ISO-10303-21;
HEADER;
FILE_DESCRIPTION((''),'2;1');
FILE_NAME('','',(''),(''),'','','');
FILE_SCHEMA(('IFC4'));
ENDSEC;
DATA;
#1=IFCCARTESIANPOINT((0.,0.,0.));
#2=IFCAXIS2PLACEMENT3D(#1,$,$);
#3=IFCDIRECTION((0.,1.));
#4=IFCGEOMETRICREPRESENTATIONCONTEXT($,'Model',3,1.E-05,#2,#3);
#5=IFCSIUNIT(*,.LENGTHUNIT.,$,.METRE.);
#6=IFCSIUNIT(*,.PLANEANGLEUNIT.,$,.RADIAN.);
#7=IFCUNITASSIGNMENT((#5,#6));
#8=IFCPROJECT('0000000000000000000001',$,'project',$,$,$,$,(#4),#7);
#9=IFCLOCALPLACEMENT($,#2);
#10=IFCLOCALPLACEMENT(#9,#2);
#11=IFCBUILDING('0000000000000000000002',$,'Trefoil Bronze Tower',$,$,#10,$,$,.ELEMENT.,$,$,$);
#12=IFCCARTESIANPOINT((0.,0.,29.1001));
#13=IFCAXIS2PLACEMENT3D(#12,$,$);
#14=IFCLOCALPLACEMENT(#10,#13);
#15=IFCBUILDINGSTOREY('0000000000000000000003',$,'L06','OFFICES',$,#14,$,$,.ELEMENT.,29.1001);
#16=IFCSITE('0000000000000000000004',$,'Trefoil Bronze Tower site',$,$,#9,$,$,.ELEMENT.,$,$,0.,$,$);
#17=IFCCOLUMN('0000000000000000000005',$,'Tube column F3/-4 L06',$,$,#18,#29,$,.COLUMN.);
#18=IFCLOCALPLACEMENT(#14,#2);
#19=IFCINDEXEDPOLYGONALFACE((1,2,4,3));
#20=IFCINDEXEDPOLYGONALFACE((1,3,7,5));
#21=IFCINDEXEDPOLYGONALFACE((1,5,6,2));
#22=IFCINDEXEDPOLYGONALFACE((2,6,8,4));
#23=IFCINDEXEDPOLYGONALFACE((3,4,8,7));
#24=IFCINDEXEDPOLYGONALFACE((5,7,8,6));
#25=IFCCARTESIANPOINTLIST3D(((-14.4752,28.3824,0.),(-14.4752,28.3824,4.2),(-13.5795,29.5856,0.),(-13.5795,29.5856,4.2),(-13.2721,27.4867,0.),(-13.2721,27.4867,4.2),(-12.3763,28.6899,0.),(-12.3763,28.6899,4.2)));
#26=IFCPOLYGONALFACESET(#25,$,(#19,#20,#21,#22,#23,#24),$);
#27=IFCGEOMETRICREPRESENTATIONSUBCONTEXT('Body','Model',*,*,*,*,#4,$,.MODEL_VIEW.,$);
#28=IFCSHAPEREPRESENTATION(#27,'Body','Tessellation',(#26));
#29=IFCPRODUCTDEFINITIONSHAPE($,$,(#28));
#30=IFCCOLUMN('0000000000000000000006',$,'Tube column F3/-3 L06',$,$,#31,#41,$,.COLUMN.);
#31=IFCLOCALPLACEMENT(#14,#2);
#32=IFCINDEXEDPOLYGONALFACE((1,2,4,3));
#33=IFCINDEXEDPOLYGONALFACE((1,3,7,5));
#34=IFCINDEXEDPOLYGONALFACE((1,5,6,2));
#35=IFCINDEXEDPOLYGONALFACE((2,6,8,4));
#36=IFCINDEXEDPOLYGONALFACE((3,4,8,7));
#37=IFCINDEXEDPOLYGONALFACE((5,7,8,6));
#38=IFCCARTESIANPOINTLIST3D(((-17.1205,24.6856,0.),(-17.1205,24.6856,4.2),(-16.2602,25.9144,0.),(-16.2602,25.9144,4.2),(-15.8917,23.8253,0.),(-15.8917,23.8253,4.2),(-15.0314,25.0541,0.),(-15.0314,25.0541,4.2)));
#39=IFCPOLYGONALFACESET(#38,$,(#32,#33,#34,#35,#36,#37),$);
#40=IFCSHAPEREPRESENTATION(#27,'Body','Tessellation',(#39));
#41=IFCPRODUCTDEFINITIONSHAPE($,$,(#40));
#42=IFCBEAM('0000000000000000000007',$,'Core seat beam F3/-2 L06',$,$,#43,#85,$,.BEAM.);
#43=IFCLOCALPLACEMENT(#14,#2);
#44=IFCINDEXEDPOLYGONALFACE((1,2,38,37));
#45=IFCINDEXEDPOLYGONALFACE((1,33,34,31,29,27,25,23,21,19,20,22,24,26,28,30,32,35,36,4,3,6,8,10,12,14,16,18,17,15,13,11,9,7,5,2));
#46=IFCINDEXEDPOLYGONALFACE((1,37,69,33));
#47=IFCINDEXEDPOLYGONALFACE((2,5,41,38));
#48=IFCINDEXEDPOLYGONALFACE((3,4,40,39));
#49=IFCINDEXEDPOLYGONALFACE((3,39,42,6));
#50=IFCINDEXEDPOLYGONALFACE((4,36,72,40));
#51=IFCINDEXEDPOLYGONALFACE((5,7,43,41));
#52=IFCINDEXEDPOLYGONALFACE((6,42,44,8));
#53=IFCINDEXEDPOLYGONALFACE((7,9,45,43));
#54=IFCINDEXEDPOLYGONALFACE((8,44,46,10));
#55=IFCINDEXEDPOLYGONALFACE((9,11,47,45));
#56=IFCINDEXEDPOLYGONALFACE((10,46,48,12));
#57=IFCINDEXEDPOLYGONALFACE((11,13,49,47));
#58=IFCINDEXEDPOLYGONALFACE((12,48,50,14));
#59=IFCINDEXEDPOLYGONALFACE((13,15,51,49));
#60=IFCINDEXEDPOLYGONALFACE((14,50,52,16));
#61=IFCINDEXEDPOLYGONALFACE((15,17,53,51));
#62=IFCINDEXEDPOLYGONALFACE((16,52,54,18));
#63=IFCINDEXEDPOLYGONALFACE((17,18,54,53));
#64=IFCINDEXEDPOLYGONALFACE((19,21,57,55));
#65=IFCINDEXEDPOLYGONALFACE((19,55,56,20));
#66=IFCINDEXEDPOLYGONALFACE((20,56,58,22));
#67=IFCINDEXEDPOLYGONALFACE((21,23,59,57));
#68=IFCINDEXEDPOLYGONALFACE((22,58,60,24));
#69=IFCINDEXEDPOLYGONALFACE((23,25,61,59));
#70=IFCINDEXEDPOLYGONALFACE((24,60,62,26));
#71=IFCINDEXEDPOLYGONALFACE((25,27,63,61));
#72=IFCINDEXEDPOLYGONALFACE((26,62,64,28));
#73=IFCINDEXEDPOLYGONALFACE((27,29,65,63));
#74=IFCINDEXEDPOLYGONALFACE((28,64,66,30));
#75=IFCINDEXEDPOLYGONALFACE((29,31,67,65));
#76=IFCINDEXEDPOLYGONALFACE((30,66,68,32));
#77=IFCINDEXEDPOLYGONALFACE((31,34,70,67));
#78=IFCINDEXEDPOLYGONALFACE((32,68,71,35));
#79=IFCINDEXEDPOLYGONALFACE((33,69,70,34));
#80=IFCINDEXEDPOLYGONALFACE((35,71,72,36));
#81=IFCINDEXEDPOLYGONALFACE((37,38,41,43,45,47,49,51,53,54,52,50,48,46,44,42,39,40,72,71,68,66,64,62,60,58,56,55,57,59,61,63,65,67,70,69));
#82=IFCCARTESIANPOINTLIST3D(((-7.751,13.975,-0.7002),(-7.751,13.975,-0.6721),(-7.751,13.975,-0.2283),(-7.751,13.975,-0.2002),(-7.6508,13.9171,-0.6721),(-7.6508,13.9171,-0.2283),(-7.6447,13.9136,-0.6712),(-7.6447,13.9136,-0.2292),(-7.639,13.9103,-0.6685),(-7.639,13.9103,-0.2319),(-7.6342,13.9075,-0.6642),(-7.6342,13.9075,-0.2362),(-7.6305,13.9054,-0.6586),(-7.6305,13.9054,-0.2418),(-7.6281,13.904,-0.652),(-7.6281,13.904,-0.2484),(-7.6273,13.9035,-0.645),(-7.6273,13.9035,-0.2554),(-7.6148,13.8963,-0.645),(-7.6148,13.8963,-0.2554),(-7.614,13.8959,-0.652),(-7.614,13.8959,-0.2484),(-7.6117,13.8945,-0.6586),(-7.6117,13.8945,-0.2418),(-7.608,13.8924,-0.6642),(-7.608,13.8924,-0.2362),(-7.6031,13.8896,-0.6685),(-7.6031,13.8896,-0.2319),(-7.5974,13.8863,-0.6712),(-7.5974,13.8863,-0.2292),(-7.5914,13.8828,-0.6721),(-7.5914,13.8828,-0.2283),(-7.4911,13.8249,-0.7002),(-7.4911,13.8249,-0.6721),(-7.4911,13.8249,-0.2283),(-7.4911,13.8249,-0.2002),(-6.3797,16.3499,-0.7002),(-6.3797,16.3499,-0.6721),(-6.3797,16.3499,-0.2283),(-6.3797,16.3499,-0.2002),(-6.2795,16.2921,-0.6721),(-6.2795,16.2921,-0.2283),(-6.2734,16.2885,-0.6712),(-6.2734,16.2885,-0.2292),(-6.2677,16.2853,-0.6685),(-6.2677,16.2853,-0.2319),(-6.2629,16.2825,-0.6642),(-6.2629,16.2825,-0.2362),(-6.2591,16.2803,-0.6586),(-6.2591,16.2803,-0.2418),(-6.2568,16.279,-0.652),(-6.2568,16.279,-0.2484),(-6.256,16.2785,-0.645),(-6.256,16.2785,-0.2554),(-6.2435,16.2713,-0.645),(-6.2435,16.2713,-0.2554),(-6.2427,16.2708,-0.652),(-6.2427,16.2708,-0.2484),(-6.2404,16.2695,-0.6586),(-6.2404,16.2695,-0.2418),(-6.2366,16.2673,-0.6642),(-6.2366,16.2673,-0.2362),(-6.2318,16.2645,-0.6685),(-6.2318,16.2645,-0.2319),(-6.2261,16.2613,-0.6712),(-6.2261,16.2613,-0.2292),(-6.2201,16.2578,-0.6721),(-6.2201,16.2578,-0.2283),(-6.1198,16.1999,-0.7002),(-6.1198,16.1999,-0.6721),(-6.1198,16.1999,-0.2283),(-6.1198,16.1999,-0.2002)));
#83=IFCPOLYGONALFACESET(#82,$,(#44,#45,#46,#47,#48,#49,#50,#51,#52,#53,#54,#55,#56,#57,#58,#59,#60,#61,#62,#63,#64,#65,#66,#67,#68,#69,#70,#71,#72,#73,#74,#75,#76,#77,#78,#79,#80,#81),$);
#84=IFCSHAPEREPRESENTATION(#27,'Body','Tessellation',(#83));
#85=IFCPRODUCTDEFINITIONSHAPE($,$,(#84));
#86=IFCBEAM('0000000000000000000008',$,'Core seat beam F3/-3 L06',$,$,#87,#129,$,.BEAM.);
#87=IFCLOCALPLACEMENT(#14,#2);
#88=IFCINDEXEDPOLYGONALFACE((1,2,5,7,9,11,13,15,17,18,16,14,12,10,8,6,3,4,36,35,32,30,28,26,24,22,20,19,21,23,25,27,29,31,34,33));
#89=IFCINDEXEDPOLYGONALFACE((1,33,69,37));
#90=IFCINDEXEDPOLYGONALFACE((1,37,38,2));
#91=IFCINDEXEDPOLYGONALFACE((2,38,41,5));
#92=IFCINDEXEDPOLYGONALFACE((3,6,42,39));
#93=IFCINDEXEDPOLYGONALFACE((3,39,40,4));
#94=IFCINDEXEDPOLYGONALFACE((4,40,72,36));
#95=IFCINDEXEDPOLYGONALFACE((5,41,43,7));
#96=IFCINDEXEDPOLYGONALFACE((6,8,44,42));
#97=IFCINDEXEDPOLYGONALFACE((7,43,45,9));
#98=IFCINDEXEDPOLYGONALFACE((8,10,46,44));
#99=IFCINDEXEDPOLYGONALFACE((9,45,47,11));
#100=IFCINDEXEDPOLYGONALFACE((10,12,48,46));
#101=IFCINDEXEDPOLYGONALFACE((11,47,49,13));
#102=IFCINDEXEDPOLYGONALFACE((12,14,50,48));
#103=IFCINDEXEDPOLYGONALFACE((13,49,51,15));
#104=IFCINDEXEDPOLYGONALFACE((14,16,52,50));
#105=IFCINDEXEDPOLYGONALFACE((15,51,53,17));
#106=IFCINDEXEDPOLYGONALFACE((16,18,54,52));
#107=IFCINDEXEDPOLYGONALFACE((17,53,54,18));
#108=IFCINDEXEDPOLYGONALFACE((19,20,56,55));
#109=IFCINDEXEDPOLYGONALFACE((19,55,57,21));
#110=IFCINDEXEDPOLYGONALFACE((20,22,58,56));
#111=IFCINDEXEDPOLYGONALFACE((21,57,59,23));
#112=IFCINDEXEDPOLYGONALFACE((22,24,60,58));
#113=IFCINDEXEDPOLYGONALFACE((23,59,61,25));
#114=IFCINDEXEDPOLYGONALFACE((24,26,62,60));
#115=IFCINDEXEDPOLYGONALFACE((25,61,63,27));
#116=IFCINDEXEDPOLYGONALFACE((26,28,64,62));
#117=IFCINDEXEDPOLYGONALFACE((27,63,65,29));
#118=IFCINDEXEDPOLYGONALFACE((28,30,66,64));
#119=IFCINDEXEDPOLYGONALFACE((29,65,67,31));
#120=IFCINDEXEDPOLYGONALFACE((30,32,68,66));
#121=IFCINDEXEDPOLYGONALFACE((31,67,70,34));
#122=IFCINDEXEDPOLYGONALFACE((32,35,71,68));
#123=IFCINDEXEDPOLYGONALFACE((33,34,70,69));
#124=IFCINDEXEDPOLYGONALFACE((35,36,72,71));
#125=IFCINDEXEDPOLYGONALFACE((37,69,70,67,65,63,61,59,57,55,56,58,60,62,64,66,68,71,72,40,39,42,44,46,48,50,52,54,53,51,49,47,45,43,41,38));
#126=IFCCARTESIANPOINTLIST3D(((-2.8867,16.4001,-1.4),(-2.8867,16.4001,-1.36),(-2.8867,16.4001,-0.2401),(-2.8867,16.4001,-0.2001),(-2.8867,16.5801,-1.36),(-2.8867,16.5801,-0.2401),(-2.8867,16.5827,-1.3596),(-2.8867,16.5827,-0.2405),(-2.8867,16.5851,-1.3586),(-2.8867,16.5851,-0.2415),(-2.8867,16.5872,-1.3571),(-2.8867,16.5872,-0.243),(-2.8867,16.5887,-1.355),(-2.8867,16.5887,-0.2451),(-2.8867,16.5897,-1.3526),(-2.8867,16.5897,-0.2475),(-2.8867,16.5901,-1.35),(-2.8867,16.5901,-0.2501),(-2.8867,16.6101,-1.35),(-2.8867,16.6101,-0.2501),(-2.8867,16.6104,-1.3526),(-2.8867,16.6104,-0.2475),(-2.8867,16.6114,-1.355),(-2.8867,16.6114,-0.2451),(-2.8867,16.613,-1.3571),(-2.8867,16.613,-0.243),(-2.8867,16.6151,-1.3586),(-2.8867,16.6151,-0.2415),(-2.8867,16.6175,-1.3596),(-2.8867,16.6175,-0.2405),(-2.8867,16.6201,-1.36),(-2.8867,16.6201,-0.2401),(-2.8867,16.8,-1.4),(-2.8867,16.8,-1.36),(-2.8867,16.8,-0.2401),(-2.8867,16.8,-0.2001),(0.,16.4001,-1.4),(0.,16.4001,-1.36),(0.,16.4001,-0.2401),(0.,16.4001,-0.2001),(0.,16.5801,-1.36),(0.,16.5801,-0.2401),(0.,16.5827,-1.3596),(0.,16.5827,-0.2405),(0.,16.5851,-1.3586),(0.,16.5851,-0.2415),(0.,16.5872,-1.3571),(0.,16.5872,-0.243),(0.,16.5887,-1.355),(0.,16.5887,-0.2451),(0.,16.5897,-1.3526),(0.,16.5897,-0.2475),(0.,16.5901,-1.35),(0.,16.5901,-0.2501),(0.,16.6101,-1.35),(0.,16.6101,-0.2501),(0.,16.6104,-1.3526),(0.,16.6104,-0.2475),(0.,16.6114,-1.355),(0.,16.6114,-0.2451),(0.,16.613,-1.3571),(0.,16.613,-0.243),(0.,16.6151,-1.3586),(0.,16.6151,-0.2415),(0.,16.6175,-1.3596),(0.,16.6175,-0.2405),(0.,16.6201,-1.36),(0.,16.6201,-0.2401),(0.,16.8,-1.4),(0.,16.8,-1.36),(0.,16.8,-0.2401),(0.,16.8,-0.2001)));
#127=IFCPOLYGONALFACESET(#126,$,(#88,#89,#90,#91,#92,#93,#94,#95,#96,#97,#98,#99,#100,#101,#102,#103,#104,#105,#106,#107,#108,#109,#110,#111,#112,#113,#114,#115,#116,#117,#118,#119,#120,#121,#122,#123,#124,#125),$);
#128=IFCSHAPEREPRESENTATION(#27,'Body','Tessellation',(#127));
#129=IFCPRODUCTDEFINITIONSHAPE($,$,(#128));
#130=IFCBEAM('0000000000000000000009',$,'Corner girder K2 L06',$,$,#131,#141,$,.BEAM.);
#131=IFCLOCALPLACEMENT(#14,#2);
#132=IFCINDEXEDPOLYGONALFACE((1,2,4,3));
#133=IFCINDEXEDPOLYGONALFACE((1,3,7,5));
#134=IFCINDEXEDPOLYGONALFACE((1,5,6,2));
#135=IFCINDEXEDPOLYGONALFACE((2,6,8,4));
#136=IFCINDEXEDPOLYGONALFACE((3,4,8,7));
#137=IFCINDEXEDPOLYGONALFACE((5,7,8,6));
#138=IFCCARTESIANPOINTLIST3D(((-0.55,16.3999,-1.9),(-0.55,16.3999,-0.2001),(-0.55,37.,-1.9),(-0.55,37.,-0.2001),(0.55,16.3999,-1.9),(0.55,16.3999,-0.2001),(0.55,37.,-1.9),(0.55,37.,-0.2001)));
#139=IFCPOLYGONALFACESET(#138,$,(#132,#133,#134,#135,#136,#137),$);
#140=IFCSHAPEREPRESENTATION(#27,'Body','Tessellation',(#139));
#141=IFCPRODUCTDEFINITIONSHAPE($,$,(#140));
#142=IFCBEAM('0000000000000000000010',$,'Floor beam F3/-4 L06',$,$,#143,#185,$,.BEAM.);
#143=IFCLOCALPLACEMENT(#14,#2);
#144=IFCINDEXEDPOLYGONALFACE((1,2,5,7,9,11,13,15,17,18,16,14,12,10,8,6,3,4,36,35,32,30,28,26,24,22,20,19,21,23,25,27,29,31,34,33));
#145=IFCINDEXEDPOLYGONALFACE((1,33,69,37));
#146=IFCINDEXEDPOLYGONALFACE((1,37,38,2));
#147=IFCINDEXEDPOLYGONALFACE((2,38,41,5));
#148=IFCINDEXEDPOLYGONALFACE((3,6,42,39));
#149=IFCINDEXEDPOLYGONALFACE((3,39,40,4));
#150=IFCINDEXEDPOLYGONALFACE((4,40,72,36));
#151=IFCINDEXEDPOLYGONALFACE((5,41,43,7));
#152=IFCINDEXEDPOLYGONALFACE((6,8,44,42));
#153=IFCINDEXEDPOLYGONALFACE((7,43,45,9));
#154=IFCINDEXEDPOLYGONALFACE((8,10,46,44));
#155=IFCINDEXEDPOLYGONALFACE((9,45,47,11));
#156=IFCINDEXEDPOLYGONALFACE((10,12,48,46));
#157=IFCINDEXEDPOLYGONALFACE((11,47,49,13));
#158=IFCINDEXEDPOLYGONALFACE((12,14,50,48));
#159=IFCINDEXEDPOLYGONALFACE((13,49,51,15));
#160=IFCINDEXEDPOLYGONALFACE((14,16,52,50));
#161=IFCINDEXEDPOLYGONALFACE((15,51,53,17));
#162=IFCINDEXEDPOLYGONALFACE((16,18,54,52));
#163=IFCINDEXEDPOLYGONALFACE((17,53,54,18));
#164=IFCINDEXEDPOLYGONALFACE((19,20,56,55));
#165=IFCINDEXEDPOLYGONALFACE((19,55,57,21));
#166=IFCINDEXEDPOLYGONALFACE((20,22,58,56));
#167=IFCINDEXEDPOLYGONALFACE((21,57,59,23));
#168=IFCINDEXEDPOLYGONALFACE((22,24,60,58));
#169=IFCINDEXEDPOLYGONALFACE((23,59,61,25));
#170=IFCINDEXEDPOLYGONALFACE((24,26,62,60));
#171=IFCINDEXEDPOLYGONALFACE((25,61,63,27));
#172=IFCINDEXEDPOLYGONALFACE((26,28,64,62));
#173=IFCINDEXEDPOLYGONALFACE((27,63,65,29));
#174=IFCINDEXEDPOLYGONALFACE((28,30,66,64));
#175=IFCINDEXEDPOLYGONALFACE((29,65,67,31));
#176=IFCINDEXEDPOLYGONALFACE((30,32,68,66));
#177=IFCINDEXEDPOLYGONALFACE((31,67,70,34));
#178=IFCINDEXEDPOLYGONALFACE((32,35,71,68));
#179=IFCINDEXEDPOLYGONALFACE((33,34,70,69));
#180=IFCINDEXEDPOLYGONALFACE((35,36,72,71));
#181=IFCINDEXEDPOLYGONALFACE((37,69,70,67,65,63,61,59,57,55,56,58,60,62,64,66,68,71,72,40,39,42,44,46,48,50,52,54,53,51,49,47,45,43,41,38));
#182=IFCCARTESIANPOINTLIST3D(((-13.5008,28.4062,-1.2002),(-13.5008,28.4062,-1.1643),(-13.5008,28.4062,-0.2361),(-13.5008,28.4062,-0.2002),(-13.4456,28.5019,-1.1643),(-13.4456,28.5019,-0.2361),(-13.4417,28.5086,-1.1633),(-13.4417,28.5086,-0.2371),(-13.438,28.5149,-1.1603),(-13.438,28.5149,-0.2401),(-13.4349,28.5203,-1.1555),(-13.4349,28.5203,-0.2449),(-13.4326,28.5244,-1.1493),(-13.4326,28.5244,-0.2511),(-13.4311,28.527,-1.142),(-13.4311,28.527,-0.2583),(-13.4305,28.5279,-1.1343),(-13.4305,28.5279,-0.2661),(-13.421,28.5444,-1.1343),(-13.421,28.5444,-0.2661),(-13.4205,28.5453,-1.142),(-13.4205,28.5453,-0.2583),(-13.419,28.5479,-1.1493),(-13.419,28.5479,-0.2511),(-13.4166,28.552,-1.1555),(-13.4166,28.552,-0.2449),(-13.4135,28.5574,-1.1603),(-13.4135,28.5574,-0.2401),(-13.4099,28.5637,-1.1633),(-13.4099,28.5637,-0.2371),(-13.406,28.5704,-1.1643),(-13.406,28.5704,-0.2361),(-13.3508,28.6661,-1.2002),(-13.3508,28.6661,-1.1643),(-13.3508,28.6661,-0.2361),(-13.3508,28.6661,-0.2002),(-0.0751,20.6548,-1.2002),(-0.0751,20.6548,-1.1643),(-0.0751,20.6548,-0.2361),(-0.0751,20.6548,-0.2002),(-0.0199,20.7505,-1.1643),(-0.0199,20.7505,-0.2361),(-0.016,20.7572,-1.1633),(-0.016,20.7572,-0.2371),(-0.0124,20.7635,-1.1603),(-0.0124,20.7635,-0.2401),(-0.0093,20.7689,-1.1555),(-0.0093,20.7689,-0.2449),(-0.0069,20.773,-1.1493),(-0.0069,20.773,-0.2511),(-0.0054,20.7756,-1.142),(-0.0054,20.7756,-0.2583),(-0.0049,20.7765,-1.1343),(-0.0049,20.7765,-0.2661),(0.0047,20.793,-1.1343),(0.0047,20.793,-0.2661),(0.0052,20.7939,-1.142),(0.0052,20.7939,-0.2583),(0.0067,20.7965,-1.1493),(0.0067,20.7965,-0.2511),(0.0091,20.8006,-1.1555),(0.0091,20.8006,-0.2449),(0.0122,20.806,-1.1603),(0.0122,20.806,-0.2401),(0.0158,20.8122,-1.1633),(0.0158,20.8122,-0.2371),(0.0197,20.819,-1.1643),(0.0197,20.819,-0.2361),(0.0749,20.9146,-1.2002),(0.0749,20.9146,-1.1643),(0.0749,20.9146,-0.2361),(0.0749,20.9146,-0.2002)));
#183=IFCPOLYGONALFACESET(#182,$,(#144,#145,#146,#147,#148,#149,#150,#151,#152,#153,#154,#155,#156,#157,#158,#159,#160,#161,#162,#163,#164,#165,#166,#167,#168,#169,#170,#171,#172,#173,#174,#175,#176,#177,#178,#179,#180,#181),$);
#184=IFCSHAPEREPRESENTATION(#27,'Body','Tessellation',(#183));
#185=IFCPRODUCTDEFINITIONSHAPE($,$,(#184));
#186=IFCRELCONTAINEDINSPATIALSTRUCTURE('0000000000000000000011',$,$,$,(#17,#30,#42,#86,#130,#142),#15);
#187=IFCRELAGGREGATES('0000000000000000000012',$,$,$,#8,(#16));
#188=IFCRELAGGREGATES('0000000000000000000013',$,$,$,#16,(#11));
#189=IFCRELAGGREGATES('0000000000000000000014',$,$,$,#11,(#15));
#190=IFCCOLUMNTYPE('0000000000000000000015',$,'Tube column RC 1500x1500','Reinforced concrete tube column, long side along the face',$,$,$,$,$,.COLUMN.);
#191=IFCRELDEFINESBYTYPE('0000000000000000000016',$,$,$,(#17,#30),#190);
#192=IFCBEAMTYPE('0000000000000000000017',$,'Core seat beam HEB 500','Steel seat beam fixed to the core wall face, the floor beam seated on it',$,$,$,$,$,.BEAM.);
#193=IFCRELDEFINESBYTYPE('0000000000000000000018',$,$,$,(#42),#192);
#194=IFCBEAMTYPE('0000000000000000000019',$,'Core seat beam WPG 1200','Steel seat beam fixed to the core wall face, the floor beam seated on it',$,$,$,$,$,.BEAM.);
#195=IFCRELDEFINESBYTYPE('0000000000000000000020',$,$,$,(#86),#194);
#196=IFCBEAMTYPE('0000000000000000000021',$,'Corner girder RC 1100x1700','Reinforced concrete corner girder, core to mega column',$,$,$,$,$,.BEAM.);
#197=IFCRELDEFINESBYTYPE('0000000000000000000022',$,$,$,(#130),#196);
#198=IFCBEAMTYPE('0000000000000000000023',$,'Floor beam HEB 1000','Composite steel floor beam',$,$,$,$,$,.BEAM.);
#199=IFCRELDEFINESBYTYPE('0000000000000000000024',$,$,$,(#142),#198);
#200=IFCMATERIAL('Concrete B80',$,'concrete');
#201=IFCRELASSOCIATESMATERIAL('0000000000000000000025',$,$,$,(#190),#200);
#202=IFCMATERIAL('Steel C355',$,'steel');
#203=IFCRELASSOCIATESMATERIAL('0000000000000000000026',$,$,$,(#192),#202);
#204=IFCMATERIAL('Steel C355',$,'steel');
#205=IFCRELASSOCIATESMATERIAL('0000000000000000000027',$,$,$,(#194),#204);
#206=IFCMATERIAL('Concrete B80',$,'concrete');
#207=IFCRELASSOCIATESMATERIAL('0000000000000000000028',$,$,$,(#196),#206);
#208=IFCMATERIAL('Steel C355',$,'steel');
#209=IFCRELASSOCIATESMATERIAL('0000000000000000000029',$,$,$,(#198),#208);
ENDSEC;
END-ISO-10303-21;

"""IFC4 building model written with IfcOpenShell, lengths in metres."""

from ifc_helpers import new_model, si_unit, direction, frame, origin, origin_2d, place, context, subcontext, project, spatial, rectangle, i_section, extrude, material, material_profile, profile_set, type_object, element, save


model = new_model("IFC4")

# Units and contexts
model_context = context("Model", 3, precision=1e-05, world=origin(), true_north=direction((0.0, 1.0)))
body_context = subcontext(model_context, "Body", "Model", "MODEL_VIEW")
ifc_project = project(units=[si_unit("LENGTHUNIT", "METRE"), si_unit("PLANEANGLEUNIT", "RADIAN")], contexts=[model_context])

# Site, building, storey
site_placement = place(None, origin())
site = spatial("IfcSite", under=ifc_project, at=site_placement, Name="Trefoil Bronze Tower site", CompositionType="ELEMENT", RefElevation=0.0)
building_placement = place(site_placement, origin())
building = spatial("IfcBuilding", under=site, at=building_placement, Name="Trefoil Bronze Tower", CompositionType="ELEMENT")
storey_placement = place(building_placement, frame((0.0, 0.0, 29.1001)))
storey = spatial("IfcBuildingStorey", under=building, at=storey_placement, Name="L06", Description="OFFICES", CompositionType="ELEMENT", Elevation=29.1001)

# Columns
ifc_material_1 = material(Name="Concrete B80", Category="concrete")
ifc_material_profile_1 = material_profile(ifc_material_1, rectangle(XDim=1.5, YDim=1.5, at=origin_2d()), Name="RC 1500x1500")
ifc_profile_set_1 = profile_set([ifc_material_profile_1], Name="Concrete B80")
column_type = type_object("IfcColumnType", Name="Tube column RC 1500x1500", Description="Reinforced concrete tube column, long side along the face", PredefinedType="COLUMN", material=ifc_profile_set_1)
for number, where, z_axis, x_axis, name in (
    (1, (-13.4258, 28.5361, 0.0), (0.0, 0.0, 1.0), (-0.597154, -0.802127, 0.0), "Tube column F3/-4 L06"),
    (2, (-16.0759, 24.8699, 0.0), (0.0, 0.0, 1.0), (-0.573502, -0.819204, 0.0), "Tube column F3/-3 L06"),
):
    element("IfcColumn", number, at=place(storey_placement, frame(where, z_axis=z_axis, x_axis=x_axis)), inside=storey, type_object=column_type, Name=name, PredefinedType="COLUMN", context=body_context, shape_type="SweptSolid", body=[
        extrude(rectangle(XDim=1.5, YDim=1.5, at=origin_2d()), origin(), (0.0, 0.0, 1.0), 4.2),
    ])

# Beams
ifc_material_2 = material(Name="Steel C355", Category="steel")
ifc_material_profile_2 = material_profile(ifc_material_2, i_section(OverallWidth=0.3, OverallDepth=0.5, WebThickness=0.0144, FlangeThickness=0.0281, FilletRadius=0.0271, at=origin_2d()), Name="HEB 500")
ifc_profile_set_2 = profile_set([ifc_material_profile_2], Name="Steel C355")
beam_type_1 = type_object("IfcBeamType", Name="Core seat beam HEB 500", Description="Steel seat beam fixed to the core wall face, the floor beam seated on it", PredefinedType="BEAM", material=ifc_profile_set_2)
beam_1_placement = place(storey_placement, frame((-6.2498, 16.2749, -0.4502), z_axis=(-0.500036, -0.866005, 0.0), x_axis=(0.866005, -0.500036, 0.0)))
element("IfcBeam", 3, at=beam_1_placement, inside=storey, type_object=beam_type_1, Name="Core seat beam F3/-2 L06", PredefinedType="BEAM", context=body_context, shape_type="SweptSolid", body=[
    extrude(i_section(OverallWidth=0.3, OverallDepth=0.5, WebThickness=0.0144, FlangeThickness=0.0281, FilletRadius=0.0271, at=origin_2d()), origin(), (0.0, 0.0, 1.0), 2.7424),
])
ifc_material_3 = material(Name="Steel C355", Category="steel")
ifc_material_profile_3 = material_profile(ifc_material_3, i_section(OverallWidth=0.3999, OverallDepth=1.2, WebThickness=0.02, FlangeThickness=0.04, FilletRadius=0.01, at=origin_2d()), Name="WPG 1200")
ifc_profile_set_3 = profile_set([ifc_material_profile_3], Name="Steel C355")
beam_type_2 = type_object("IfcBeamType", Name="Core seat beam WPG 1200", Description="Steel seat beam fixed to the core wall face, the floor beam seated on it", PredefinedType="BEAM", material=ifc_profile_set_3)
beam_2_placement = place(storey_placement, frame((0.0, 16.6001, -0.8), z_axis=(-1.0, 0.0, 0.0), x_axis=(0.0, -1.0, 0.0)))
element("IfcBeam", 4, at=beam_2_placement, inside=storey, type_object=beam_type_2, Name="Core seat beam F3/-3 L06", PredefinedType="BEAM", context=body_context, shape_type="SweptSolid", body=[
    extrude(i_section(OverallWidth=0.3999, OverallDepth=1.2, WebThickness=0.02, FlangeThickness=0.04, FilletRadius=0.01, at=origin_2d()), origin(), (0.0, 0.0, 1.0), 2.8867),
])
ifc_material_4 = material(Name="Concrete B80", Category="concrete")
ifc_material_profile_4 = material_profile(ifc_material_4, rectangle(XDim=1.1001, YDim=1.7, at=origin_2d()), Name="RC 1100x1700")
ifc_profile_set_4 = profile_set([ifc_material_profile_4], Name="Concrete B80")
beam_type_3 = type_object("IfcBeamType", Name="Corner girder RC 1100x1700", Description="Reinforced concrete corner girder, core to mega column", PredefinedType="BEAM", material=ifc_profile_set_4)
beam_3_placement = place(storey_placement, frame((0.0, 16.3999, -1.05), z_axis=(0.0, 1.0, 0.0), x_axis=(-1.0, 0.0, 0.0)))
element("IfcBeam", 5, at=beam_3_placement, inside=storey, type_object=beam_type_3, Name="Corner girder K2 L06", PredefinedType="BEAM", context=body_context, shape_type="SweptSolid", body=[
    extrude(rectangle(XDim=1.1001, YDim=1.7, at=origin_2d()), origin(), (0.0, 0.0, 1.0), 20.6001),
])
ifc_material_5 = material(Name="Steel C355", Category="steel")
ifc_material_profile_5 = material_profile(ifc_material_5, i_section(OverallWidth=0.3, OverallDepth=1.0, WebThickness=0.019, FlangeThickness=0.0359, FilletRadius=0.03, at=origin_2d()), Name="HEB 1000")
ifc_profile_set_5 = profile_set([ifc_material_profile_5], Name="Steel C355")
beam_type_4 = type_object("IfcBeamType", Name="Floor beam HEB 1000", Description="Composite steel floor beam", PredefinedType="BEAM", material=ifc_profile_set_5)
beam_4_placement = place(storey_placement, frame((-13.4258, 28.5361, -0.7002), z_axis=(0.866023, -0.500004, 0.0), x_axis=(0.500004, 0.866023, 0.0)))
element("IfcBeam", 6, at=beam_4_placement, inside=storey, type_object=beam_type_4, Name="Floor beam F3/-4 L06", PredefinedType="BEAM", context=body_context, shape_type="SweptSolid", body=[
    extrude(i_section(OverallWidth=0.3, OverallDepth=1.0, WebThickness=0.019, FlangeThickness=0.0359, FilletRadius=0.03, at=origin_2d()), origin(), (0.0, 0.0, 1.0), 15.5027),
])

save(model, "model.ifc")
